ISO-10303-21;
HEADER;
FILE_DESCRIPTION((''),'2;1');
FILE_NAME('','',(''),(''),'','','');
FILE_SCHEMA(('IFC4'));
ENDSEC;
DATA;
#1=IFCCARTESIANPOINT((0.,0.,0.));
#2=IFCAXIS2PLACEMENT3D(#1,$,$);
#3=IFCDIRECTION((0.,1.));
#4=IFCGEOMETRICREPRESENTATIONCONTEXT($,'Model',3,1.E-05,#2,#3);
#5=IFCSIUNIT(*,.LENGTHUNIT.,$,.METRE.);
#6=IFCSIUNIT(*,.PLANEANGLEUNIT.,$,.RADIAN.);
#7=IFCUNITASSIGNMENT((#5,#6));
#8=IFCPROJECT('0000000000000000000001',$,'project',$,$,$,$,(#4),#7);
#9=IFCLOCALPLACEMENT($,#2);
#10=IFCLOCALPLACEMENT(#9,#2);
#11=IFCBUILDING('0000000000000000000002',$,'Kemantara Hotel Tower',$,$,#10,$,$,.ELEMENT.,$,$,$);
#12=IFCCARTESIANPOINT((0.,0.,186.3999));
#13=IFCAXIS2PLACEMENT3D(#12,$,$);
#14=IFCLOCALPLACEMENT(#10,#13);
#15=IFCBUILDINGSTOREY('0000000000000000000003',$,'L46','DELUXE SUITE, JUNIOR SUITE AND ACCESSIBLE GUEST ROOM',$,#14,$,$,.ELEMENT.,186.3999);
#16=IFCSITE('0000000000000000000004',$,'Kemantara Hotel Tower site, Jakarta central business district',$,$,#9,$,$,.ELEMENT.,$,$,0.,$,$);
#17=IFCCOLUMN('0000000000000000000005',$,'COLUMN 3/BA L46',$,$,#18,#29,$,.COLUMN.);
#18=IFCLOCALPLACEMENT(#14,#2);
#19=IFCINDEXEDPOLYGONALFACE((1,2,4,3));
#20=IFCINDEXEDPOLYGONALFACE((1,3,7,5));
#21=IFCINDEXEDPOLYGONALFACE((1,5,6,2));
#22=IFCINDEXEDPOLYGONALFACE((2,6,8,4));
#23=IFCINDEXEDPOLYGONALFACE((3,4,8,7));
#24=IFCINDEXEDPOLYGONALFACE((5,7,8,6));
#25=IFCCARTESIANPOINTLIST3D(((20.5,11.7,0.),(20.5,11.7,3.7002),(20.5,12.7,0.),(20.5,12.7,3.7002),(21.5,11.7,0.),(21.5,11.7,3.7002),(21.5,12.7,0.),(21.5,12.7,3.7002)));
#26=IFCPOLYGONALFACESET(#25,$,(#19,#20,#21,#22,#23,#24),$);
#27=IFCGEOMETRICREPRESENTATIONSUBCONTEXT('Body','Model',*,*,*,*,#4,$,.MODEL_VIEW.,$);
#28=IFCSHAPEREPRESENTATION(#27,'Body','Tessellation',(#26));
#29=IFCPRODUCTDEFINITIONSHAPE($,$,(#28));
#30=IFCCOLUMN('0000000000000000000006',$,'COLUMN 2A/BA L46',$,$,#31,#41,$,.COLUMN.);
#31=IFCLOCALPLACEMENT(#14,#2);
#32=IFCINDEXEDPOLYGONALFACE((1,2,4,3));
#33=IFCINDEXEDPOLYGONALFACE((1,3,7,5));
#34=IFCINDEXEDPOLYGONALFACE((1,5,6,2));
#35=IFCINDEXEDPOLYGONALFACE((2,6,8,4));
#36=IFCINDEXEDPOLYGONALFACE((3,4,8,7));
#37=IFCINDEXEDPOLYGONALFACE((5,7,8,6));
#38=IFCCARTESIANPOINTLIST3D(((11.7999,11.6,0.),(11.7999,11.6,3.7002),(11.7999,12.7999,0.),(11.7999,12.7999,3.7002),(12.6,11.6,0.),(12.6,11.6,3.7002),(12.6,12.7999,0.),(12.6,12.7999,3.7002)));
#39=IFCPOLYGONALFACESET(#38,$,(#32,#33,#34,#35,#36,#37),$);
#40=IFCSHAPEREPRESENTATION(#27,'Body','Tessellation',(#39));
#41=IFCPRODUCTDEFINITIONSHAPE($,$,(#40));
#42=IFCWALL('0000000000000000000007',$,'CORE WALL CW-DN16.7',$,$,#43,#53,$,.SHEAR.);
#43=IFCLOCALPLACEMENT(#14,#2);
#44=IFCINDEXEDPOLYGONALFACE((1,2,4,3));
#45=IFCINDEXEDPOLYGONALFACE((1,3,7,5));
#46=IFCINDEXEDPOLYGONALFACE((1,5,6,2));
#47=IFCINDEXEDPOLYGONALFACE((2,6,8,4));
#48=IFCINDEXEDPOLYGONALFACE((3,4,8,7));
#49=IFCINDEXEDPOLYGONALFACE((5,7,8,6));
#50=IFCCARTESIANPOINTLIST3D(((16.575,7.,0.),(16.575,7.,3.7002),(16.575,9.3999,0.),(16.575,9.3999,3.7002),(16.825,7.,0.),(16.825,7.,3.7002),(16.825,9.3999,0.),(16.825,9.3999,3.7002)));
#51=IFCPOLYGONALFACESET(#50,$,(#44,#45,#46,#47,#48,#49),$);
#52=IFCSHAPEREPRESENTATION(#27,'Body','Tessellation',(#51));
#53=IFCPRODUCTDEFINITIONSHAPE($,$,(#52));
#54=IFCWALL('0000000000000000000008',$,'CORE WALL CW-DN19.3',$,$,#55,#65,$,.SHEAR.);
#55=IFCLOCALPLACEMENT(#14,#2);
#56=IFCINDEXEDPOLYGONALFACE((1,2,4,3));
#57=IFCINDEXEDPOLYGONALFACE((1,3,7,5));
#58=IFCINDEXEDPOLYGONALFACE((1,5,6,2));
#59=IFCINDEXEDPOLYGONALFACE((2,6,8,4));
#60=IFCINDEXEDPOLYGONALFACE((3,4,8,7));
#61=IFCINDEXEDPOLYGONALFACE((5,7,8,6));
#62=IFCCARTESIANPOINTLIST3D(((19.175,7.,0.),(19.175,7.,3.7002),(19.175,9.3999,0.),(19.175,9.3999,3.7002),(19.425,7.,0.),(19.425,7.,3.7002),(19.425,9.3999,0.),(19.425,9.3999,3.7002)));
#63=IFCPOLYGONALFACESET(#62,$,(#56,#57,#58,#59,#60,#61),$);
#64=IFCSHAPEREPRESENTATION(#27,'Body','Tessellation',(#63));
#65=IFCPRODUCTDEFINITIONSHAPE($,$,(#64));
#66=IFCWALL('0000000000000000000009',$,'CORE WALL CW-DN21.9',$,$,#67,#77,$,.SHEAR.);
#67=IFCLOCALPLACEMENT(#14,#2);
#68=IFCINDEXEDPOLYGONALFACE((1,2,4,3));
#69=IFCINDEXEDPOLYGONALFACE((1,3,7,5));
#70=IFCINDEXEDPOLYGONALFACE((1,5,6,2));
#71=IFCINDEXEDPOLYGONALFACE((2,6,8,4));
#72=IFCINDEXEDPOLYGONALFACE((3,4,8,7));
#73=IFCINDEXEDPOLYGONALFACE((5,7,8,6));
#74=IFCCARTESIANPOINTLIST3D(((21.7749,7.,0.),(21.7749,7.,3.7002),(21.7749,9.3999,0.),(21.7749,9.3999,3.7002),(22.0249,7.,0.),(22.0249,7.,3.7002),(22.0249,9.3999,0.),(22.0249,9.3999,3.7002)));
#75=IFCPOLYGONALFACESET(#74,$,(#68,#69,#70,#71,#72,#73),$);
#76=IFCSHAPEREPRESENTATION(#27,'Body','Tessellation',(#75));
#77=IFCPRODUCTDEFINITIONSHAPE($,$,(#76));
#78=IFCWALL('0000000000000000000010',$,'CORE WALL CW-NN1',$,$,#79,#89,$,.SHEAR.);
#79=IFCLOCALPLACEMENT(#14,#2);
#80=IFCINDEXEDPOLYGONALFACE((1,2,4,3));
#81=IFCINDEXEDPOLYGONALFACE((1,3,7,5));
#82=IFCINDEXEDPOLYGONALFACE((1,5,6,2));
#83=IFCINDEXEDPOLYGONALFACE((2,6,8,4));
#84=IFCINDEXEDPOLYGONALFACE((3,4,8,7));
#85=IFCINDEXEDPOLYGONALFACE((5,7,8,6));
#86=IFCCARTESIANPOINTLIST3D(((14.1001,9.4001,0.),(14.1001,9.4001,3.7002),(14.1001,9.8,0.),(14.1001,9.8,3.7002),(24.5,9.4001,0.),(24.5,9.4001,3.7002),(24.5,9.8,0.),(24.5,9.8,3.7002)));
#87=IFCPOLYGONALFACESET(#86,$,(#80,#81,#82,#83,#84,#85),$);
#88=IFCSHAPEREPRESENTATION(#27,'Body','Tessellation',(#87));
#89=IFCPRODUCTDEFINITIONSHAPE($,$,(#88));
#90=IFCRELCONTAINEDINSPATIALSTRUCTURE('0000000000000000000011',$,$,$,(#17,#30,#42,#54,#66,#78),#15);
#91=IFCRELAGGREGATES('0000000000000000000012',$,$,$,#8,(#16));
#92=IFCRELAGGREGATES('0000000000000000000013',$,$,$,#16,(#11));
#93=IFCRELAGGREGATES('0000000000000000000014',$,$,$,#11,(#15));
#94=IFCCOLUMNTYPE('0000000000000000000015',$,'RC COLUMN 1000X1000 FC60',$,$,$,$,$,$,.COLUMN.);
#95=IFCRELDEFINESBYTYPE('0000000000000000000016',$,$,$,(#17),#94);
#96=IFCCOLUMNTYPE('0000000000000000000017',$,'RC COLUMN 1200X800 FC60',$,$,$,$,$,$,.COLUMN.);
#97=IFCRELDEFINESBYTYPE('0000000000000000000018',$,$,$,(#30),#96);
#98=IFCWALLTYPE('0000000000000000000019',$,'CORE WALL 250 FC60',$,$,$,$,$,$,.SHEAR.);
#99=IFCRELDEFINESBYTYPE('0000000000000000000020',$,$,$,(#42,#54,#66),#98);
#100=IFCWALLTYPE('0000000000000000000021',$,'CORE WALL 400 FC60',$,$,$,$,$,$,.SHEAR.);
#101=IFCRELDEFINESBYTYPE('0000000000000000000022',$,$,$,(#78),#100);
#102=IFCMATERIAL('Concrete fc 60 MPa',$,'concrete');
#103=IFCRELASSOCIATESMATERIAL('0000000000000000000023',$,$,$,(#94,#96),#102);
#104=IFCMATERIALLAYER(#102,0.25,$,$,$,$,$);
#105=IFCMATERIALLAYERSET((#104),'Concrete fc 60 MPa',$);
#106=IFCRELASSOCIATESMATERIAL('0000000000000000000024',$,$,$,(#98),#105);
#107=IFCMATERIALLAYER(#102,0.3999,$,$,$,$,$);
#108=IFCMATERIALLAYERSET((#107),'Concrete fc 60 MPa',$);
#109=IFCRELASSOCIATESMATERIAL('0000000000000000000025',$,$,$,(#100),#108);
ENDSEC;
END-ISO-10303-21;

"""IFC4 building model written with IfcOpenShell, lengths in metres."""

from ifc_helpers import new_model, si_unit, direction, frame, frame_2d, origin, origin_2d, place, context, subcontext, project, spatial, rectangle, extrude, material, layer, layer_set, material_profile, profile_set, type_object, element, save


model = new_model("IFC4")

# Units and contexts
model_context = context("Model", 3, precision=1e-05, world=origin(), true_north=direction((0.0, 1.0)))
body_context = subcontext(model_context, "Body", "Model", "MODEL_VIEW")
ifc_project = project(units=[si_unit("LENGTHUNIT", "METRE"), si_unit("PLANEANGLEUNIT", "RADIAN")], contexts=[model_context])

# Site, building, storey
site_placement = place(None, origin())
site = spatial("IfcSite", under=ifc_project, at=site_placement, Name="Kemantara Hotel Tower site, Jakarta central business district", CompositionType="ELEMENT", RefElevation=0.0)
building_placement = place(site_placement, origin())
building = spatial("IfcBuilding", under=site, at=building_placement, Name="Kemantara Hotel Tower", CompositionType="ELEMENT")
storey_placement = place(building_placement, frame((0.0, 0.0, 186.3999)))
storey = spatial("IfcBuildingStorey", under=building, at=storey_placement, Name="L46", Description="DELUXE SUITE, JUNIOR SUITE AND ACCESSIBLE GUEST ROOM", CompositionType="ELEMENT", Elevation=186.3999)

# Columns
ifc_material_1 = material(Name="Concrete fc 60 MPa", Category="concrete")
ifc_material_profile_1 = material_profile(ifc_material_1, rectangle(XDim=1.0, YDim=1.0, at=origin_2d()), Name="RC 1000X1000")
ifc_profile_set_1 = profile_set([ifc_material_profile_1], Name="Concrete fc 60 MPa")
column_type_1 = type_object("IfcColumnType", Name="RC COLUMN 1000X1000 FC60", PredefinedType="COLUMN", material=ifc_profile_set_1)
column_1_placement = place(storey_placement, frame((21.0, 12.2, 0.0), z_axis=(0.0, 0.0, 1.0), x_axis=(1.0, 0.0, 0.0)))
element("IfcColumn", 1, at=column_1_placement, inside=storey, type_object=column_type_1, Name="COLUMN 3/BA L46", PredefinedType="COLUMN", context=body_context, shape_type="SweptSolid", body=[
    extrude(rectangle(XDim=1.0, YDim=1.0, at=origin_2d()), origin(), (0.0, 0.0, 1.0), 3.7002),
])
ifc_material_profile_2 = material_profile(ifc_material_1, rectangle(XDim=1.2, YDim=0.8, at=origin_2d()), Name="RC 1200X800")
ifc_profile_set_2 = profile_set([ifc_material_profile_2], Name="Concrete fc 60 MPa")
column_type_2 = type_object("IfcColumnType", Name="RC COLUMN 1200X800 FC60", PredefinedType="COLUMN", material=ifc_profile_set_2)
column_2_placement = place(storey_placement, frame((12.2, 12.2, 0.0), z_axis=(0.0, 0.0, 1.0), x_axis=(0.0, 1.0, 0.0)))
element("IfcColumn", 2, at=column_2_placement, inside=storey, type_object=column_type_2, Name="COLUMN 2A/BA L46", PredefinedType="COLUMN", context=body_context, shape_type="SweptSolid", body=[
    extrude(rectangle(XDim=1.2, YDim=0.8, at=origin_2d()), origin(), (0.0, 0.0, 1.0), 3.7002),
])

# Walls
ifc_layer_1 = layer(ifc_material_1, 0.25)
ifc_layer_set_1 = layer_set([ifc_layer_1], Name="Concrete fc 60 MPa")
wall_type_1 = type_object("IfcWallType", Name="CORE WALL 250 FC60", PredefinedType="SHEAR", material=ifc_layer_set_1)
for number, where, z_axis, x_axis, name in (
    (3, (16.7, 7.0, 0.0), (0.0, 0.0, 1.0), (0.0, 1.0, 0.0), "CORE WALL CW-DN16.7"),
    (4, (19.3, 7.0, 0.0), (0.0, 0.0, 1.0), (0.0, 1.0, 0.0), "CORE WALL CW-DN19.3"),
    (5, (21.8999, 7.0, 0.0), (0.0, 0.0, 1.0), (0.0, 1.0, 0.0), "CORE WALL CW-DN21.9"),
):
    element("IfcWall", number, at=place(storey_placement, frame(where, z_axis=z_axis, x_axis=x_axis)), inside=storey, type_object=wall_type_1, Name=name, PredefinedType="SHEAR", context=body_context, shape_type="SweptSolid", body=[
        extrude(rectangle(XDim=2.3999, YDim=0.25, at=frame_2d((1.2, 0.0))), origin(), (0.0, 0.0, 1.0), 3.7002),
    ])
ifc_layer_2 = layer(ifc_material_1, 0.3999)
ifc_layer_set_2 = layer_set([ifc_layer_2], Name="Concrete fc 60 MPa")
wall_type_2 = type_object("IfcWallType", Name="CORE WALL 400 FC60", PredefinedType="SHEAR", material=ifc_layer_set_2)
wall_1_placement = place(storey_placement, frame((14.1001, 9.6001, 0.0), z_axis=(0.0, 0.0, 1.0), x_axis=(1.0, 0.0, 0.0)))
element("IfcWall", 6, at=wall_1_placement, inside=storey, type_object=wall_type_2, Name="CORE WALL CW-NN1", PredefinedType="SHEAR", context=body_context, shape_type="SweptSolid", body=[
    extrude(rectangle(XDim=10.3999, YDim=0.3999, at=frame_2d((5.2, 0.0))), origin(), (0.0, 0.0, 1.0), 3.7002),
])

save(model, "model.ifc")
